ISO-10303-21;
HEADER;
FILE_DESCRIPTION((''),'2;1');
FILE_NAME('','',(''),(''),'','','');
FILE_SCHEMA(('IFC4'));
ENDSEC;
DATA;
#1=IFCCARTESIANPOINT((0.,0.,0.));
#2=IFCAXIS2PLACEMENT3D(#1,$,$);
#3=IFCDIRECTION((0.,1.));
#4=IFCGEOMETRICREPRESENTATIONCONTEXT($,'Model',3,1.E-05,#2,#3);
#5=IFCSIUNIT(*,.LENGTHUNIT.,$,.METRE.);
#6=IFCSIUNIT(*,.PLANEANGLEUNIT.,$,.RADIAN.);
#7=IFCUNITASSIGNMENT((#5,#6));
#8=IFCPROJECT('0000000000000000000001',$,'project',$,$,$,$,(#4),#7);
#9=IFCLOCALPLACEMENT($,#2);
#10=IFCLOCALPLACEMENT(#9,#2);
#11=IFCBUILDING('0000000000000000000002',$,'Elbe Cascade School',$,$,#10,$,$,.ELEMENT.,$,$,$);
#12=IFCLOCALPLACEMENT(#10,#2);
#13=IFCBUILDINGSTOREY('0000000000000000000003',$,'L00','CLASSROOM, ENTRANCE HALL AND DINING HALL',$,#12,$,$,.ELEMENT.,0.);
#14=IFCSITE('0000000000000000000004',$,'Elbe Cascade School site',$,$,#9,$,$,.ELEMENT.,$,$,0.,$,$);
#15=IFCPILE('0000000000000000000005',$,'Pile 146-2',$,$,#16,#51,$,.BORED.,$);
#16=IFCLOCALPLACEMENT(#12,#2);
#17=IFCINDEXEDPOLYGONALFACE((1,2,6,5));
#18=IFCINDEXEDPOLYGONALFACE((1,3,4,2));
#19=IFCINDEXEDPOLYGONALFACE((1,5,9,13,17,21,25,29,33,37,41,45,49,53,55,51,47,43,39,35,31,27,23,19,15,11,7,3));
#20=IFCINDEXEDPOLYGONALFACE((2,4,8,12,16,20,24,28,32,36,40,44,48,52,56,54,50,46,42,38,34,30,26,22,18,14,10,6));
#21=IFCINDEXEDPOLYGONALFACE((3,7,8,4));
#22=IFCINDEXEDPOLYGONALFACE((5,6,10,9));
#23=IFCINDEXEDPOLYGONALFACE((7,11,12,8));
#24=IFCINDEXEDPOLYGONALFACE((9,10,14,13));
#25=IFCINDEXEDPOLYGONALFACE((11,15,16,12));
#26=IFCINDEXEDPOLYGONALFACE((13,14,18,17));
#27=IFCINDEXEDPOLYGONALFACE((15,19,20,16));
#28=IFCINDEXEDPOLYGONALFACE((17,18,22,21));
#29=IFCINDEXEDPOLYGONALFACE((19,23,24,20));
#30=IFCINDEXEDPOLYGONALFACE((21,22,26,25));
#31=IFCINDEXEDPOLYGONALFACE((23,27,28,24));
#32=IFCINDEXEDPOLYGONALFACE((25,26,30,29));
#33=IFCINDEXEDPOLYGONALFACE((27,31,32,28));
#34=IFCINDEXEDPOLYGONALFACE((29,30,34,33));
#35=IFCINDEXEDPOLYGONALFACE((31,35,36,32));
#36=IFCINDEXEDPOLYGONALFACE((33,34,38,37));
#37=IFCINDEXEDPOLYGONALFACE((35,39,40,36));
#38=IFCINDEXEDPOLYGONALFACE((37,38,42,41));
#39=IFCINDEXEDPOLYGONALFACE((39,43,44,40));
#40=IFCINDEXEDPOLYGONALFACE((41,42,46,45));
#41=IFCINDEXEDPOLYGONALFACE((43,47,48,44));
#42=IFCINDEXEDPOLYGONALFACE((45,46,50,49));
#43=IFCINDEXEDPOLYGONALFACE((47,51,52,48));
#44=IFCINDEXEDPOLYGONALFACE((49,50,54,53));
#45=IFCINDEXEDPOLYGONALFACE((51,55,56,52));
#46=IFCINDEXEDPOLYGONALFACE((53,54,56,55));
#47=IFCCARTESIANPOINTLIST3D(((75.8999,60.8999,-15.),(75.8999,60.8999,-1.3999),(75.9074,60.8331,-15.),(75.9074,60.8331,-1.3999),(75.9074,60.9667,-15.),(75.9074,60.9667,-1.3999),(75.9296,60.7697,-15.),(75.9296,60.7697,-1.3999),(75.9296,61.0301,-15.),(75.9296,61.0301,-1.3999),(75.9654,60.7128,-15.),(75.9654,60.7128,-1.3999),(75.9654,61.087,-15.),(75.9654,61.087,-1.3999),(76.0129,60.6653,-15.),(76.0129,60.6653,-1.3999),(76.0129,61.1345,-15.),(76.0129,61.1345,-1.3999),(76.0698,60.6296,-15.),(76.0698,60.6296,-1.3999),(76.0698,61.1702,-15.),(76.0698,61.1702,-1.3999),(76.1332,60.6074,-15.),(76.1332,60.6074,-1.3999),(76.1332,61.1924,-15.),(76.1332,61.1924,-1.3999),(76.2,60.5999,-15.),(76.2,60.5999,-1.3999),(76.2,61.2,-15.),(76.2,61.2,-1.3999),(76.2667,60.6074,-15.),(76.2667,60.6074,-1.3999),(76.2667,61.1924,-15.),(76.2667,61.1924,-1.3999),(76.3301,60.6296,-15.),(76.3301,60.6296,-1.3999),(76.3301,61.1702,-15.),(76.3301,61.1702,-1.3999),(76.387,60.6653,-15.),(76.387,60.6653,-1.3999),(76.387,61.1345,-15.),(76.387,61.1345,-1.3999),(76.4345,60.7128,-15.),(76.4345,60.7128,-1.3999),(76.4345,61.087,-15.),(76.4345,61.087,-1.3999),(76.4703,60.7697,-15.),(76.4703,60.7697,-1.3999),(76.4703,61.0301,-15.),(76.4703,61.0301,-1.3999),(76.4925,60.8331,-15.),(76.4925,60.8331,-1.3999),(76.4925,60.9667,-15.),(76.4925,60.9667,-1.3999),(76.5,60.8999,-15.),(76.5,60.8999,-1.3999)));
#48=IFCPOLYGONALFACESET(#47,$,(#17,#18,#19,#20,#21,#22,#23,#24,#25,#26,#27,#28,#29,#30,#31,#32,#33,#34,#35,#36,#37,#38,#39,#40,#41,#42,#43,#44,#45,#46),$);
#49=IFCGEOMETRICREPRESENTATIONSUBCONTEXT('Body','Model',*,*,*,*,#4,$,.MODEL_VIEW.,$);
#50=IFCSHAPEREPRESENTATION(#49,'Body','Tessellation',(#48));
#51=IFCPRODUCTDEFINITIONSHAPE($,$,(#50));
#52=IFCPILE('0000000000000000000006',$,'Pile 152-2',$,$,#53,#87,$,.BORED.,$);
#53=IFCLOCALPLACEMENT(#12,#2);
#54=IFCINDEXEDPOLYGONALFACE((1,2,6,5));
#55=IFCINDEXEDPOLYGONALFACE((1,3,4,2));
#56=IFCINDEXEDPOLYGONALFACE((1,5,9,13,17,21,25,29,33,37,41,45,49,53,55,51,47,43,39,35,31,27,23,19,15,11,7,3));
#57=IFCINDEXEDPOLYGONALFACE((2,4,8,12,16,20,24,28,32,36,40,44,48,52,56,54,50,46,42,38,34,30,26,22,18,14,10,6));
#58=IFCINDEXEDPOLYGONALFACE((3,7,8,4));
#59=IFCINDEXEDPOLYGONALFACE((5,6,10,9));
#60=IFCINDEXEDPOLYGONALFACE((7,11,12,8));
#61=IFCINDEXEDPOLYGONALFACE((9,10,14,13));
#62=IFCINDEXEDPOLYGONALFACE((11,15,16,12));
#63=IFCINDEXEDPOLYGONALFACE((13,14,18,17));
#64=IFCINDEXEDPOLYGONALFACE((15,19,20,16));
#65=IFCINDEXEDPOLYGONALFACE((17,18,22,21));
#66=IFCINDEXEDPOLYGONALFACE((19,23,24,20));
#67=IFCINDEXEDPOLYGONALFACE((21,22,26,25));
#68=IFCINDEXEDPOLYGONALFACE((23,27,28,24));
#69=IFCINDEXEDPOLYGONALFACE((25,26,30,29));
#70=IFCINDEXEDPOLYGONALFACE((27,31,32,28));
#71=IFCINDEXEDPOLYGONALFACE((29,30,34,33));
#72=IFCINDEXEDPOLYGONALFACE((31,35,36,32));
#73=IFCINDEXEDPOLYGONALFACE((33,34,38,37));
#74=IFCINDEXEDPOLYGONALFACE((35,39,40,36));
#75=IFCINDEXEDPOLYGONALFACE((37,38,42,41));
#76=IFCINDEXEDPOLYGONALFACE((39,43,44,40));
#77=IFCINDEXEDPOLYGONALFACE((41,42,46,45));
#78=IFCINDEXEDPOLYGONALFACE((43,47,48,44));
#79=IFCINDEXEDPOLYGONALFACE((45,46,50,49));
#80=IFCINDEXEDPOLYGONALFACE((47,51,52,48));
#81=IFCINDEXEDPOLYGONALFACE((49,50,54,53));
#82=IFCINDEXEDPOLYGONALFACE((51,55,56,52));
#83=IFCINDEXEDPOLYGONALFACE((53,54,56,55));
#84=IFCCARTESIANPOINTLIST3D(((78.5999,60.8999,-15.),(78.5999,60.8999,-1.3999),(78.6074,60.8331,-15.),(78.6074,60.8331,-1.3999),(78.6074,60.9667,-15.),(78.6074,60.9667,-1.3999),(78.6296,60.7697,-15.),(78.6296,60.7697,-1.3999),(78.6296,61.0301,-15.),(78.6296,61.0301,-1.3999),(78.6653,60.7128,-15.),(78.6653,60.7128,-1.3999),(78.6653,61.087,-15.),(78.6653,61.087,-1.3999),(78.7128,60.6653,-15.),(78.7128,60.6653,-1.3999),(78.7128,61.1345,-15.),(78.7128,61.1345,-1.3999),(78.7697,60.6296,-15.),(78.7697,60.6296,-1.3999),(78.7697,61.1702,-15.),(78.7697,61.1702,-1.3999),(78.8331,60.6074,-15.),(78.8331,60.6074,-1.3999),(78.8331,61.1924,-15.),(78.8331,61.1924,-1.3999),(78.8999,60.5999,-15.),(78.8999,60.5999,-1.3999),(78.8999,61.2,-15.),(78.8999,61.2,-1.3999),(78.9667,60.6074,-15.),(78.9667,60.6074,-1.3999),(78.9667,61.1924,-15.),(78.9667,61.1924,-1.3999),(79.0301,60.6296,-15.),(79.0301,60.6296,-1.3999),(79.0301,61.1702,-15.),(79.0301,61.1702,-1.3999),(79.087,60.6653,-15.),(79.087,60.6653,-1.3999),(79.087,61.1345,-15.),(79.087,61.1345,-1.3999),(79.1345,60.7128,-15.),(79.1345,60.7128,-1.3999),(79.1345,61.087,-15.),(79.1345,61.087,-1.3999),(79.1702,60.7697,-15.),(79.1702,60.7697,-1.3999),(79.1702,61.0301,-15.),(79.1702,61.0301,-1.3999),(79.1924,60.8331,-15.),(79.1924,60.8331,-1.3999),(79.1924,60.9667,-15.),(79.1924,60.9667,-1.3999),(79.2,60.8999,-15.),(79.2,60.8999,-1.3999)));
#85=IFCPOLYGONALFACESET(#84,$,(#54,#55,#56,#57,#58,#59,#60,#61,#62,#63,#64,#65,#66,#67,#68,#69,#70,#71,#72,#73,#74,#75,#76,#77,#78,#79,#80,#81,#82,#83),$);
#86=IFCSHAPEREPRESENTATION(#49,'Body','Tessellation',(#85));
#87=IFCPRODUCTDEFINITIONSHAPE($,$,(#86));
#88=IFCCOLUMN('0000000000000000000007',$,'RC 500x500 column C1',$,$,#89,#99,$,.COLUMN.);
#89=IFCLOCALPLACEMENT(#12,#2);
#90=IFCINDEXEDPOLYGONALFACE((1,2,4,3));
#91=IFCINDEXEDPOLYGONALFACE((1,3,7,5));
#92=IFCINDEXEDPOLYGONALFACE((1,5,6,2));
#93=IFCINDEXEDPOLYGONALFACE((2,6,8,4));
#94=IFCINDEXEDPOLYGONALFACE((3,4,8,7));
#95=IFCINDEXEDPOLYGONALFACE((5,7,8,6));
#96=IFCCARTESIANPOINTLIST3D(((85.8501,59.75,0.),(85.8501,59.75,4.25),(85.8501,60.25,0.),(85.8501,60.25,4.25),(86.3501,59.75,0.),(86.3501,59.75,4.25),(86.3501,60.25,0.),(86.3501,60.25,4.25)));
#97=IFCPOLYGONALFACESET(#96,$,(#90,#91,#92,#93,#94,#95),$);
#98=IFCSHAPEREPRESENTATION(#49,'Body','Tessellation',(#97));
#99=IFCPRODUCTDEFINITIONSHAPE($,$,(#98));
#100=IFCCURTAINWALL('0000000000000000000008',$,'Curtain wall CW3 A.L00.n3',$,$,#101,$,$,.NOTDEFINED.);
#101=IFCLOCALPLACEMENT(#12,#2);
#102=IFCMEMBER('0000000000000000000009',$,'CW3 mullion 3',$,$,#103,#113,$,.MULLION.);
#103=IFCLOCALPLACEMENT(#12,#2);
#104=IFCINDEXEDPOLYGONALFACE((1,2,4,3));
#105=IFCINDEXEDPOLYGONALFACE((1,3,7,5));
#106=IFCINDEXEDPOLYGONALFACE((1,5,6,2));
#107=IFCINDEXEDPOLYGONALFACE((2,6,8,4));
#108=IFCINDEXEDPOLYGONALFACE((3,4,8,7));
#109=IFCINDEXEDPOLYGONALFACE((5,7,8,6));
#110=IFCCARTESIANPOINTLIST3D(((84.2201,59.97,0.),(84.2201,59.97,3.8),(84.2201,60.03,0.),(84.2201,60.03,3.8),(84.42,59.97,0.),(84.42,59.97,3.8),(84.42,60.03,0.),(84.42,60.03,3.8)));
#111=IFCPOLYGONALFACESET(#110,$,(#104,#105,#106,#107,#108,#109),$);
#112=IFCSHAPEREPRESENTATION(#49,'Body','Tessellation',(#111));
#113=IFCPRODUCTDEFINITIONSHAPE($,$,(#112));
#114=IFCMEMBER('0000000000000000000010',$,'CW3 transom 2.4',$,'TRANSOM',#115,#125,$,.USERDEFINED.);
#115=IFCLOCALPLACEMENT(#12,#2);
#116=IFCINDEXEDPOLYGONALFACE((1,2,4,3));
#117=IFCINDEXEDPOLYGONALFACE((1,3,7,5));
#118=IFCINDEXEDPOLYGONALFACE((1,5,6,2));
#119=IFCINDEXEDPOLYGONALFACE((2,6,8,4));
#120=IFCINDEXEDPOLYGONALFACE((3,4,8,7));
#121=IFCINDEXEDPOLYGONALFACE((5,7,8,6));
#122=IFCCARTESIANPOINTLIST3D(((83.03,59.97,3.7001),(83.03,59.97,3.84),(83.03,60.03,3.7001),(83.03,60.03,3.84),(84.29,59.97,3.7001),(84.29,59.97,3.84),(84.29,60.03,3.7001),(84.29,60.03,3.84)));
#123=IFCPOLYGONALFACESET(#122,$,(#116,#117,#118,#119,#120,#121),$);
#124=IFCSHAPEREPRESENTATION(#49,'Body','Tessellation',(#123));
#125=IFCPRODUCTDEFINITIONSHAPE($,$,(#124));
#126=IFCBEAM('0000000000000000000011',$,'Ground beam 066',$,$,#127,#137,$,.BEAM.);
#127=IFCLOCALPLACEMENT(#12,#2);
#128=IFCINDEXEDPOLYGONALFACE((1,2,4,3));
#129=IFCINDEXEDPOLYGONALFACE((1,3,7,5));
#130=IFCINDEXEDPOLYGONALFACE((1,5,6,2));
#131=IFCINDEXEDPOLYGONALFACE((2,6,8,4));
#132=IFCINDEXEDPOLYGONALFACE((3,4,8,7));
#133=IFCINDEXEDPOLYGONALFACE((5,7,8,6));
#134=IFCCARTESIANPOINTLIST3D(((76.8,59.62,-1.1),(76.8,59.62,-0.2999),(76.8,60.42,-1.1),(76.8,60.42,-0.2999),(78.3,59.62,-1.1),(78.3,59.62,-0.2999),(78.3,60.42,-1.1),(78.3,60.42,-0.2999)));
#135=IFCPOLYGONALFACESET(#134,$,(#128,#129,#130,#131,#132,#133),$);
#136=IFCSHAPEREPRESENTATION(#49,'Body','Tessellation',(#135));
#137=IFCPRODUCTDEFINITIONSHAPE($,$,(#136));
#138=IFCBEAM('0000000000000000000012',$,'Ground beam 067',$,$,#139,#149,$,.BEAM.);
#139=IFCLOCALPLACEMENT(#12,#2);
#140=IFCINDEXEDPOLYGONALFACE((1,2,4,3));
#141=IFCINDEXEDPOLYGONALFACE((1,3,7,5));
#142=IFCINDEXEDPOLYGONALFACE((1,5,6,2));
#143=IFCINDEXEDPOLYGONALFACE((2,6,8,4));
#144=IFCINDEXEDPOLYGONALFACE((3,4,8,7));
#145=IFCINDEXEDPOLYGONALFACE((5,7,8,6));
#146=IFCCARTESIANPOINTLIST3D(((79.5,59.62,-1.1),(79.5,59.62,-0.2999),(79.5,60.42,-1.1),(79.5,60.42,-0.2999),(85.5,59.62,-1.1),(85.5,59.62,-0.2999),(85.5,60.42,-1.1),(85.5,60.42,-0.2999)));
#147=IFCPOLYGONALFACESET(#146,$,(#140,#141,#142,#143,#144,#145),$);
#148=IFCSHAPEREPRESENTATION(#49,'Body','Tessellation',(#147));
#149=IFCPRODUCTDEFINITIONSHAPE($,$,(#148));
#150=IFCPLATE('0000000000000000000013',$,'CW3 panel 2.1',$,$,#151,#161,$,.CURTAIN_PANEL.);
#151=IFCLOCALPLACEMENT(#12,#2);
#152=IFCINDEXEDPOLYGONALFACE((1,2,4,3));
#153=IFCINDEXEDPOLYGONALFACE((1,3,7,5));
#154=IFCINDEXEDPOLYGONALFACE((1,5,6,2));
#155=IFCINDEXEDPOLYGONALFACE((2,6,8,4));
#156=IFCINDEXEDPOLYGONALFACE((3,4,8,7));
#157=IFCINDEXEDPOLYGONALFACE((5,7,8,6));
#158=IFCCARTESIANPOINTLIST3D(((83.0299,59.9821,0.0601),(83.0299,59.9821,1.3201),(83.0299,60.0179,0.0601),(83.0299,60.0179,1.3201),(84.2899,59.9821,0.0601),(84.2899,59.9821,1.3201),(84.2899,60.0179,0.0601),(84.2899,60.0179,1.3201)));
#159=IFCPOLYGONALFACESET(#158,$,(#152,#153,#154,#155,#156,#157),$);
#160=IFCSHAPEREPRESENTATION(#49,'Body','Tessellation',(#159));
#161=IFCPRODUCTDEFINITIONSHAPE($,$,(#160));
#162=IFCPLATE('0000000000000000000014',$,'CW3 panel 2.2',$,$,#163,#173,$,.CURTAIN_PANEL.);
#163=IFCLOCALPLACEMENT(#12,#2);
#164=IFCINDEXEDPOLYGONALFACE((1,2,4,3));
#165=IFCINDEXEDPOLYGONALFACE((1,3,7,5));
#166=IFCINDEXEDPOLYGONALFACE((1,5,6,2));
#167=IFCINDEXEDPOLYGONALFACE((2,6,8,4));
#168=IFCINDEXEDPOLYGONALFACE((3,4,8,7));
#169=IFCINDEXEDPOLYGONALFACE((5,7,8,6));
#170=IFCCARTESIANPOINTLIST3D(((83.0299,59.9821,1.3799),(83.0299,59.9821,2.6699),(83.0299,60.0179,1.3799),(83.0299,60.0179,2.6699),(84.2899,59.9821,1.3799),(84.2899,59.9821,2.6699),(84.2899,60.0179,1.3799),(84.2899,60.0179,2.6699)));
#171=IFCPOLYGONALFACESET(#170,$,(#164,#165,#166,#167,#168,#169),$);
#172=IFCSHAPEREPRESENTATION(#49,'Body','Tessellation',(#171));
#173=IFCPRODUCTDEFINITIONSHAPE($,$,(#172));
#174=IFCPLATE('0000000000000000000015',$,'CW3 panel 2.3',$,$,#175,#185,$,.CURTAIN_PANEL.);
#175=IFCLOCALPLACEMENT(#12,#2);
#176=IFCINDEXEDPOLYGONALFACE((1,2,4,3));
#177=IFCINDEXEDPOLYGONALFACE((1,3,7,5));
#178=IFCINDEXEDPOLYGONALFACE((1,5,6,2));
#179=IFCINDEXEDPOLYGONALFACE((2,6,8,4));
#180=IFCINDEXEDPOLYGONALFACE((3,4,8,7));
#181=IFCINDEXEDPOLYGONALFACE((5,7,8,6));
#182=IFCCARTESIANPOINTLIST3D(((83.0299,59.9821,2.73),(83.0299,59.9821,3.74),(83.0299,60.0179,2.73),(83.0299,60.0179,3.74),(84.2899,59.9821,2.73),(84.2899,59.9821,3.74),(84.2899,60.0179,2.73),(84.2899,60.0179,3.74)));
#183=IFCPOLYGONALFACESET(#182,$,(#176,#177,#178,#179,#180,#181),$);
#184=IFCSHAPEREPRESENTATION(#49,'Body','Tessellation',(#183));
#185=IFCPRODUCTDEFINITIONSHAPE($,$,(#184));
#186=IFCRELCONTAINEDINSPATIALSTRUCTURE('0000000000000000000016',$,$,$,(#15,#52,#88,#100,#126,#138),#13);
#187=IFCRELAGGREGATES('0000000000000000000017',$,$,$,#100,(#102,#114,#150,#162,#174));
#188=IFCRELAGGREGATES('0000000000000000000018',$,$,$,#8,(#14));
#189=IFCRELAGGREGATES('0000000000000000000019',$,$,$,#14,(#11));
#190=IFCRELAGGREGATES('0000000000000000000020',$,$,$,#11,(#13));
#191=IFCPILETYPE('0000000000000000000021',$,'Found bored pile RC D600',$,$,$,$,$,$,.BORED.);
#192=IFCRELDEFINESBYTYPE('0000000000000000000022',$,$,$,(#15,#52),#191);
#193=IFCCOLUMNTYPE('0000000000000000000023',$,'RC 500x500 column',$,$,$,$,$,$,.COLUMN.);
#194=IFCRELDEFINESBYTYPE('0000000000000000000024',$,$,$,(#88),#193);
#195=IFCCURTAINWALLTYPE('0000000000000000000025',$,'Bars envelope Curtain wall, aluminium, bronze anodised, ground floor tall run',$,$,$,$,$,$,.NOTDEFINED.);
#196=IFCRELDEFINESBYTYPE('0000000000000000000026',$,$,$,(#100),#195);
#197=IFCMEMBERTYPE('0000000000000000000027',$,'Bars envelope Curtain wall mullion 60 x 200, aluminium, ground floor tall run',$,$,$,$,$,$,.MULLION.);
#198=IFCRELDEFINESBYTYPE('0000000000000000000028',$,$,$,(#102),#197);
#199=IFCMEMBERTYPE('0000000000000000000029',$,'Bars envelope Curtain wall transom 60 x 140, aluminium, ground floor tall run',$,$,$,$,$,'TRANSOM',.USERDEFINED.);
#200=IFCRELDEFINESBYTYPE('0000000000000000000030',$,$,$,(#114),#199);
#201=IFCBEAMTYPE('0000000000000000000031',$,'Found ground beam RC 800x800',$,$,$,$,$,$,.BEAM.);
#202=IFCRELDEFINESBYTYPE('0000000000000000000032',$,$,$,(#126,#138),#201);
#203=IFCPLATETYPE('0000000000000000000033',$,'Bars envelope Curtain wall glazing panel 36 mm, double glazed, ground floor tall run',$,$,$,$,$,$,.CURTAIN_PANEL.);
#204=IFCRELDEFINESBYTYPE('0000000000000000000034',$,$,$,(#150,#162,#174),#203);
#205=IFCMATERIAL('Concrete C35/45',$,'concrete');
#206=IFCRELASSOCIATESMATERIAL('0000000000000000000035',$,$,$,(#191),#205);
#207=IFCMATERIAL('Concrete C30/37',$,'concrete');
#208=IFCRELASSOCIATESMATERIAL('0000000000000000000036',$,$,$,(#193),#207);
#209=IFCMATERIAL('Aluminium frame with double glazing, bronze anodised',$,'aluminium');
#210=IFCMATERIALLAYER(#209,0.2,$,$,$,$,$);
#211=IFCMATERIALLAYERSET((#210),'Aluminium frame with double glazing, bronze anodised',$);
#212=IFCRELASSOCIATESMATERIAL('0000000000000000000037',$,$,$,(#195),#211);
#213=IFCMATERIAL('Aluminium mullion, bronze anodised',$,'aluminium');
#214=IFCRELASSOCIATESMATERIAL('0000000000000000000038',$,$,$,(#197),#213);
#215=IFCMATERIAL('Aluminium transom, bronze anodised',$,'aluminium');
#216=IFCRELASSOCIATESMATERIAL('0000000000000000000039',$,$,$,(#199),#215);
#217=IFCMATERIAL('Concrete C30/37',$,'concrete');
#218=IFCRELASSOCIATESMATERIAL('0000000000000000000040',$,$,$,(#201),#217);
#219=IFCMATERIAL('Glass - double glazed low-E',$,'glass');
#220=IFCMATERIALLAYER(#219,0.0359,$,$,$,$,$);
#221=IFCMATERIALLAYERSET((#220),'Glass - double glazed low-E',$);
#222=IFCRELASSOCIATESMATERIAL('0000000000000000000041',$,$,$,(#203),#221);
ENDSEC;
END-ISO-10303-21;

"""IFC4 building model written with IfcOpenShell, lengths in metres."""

from ifc_helpers import new_model, si_unit, direction, frame, origin, origin_2d, place, context, subcontext, project, spatial, rectangle, circle, extrude, material, layer, layer_set, material_profile, profile_set, type_object, element, aggregate, save


model = new_model("IFC4")

# Units and contexts
model_context = context("Model", 3, precision=1e-05, world=origin(), true_north=direction((0.0, 1.0)))
body_context = subcontext(model_context, "Body", "Model", "MODEL_VIEW")
ifc_project = project(units=[si_unit("LENGTHUNIT", "METRE"), si_unit("PLANEANGLEUNIT", "RADIAN")], contexts=[model_context])

# Site, building, storey
site_placement = place(None, origin())
site = spatial("IfcSite", under=ifc_project, at=site_placement, Name="Elbe Cascade School site", CompositionType="ELEMENT", RefElevation=0.0)
building_placement = place(site_placement, origin())
building = spatial("IfcBuilding", under=site, at=building_placement, Name="Elbe Cascade School", CompositionType="ELEMENT")
storey_placement = place(building_placement, origin())
storey = spatial("IfcBuildingStorey", under=building, at=storey_placement, Name="L00", Description="CLASSROOM, ENTRANCE HALL AND DINING HALL", CompositionType="ELEMENT", Elevation=0.0)

# Piles
ifc_material_1 = material(Name="Concrete C35/45", Category="concrete")
ifc_material_profile_1 = material_profile(ifc_material_1, circle(Radius=0.3, at=origin_2d()), Name="RC D600")
ifc_profile_set_1 = profile_set([ifc_material_profile_1], Name="Concrete C35/45")
pile_type = type_object("IfcPileType", Name="Found bored pile RC D600", PredefinedType="BORED", material=ifc_profile_set_1)
for number, where, z_axis, x_axis, name in (
    (1, (76.2, 60.8999, -1.3999), (0.0, 0.0, -1.0), (1.0, 0.0, 0.0), "Pile 146-2"),
    (2, (78.8999, 60.8999, -1.3999), (0.0, 0.0, -1.0), (1.0, 0.0, 0.0), "Pile 152-2"),
):
    element("IfcPile", number, at=place(storey_placement, frame(where, z_axis=z_axis, x_axis=x_axis)), inside=storey, type_object=pile_type, Name=name, PredefinedType="BORED", context=body_context, shape_type="SweptSolid", body=[
        extrude(circle(Radius=0.3, at=origin_2d()), origin(), (0.0, 0.0, 1.0), 13.6001),
    ])

# Column
ifc_material_2 = material(Name="Concrete C30/37", Category="concrete")
ifc_material_profile_2 = material_profile(ifc_material_2, rectangle(XDim=0.5, YDim=0.5, at=origin_2d()), Name="RC 500x500")
ifc_profile_set_2 = profile_set([ifc_material_profile_2], Name="Concrete C30/37")
column_type = type_object("IfcColumnType", Name="RC 500x500 column", PredefinedType="COLUMN", material=ifc_profile_set_2)
column_placement = place(storey_placement, frame((86.1001, 60.0, 0.0), z_axis=(0.0, 0.0, 1.0), x_axis=(1.0, 0.0, 0.0)))
element("IfcColumn", 3, at=column_placement, inside=storey, type_object=column_type, Name="RC 500x500 column C1", PredefinedType="COLUMN", context=body_context, shape_type="SweptSolid", body=[
    extrude(rectangle(XDim=0.5, YDim=0.5, at=origin_2d()), origin(), (0.0, 0.0, 1.0), 4.25),
])

# Curtain wall, members
ifc_material_3 = material(Name="Aluminium frame with double glazing, bronze anodised", Category="aluminium")
ifc_layer_1 = layer(ifc_material_3, 0.2)
ifc_layer_set_1 = layer_set([ifc_layer_1], Name="Aluminium frame with double glazing, bronze anodised")
curtain_wall_type = type_object("IfcCurtainWallType", Name="Bars envelope Curtain wall, aluminium, bronze anodised, ground floor tall run", PredefinedType="NOTDEFINED", material=ifc_layer_set_1)
curtain_wall_placement = place(storey_placement, origin())
curtain_wall = element("IfcCurtainWall", 4, at=curtain_wall_placement, inside=storey, type_object=curtain_wall_type, Name="Curtain wall CW3 A.L00.n3", PredefinedType="NOTDEFINED")
ifc_material_4 = material(Name="Aluminium mullion, bronze anodised", Category="aluminium")
ifc_material_profile_3 = material_profile(ifc_material_4, rectangle(XDim=0.0601, YDim=0.2, at=origin_2d()), Name="Bars envelope Curtain wall mullion 60 x 200, aluminium, ground floor tall run")
ifc_profile_set_3 = profile_set([ifc_material_profile_3], Name="Aluminium mullion, bronze anodised")
member_type_1 = type_object("IfcMemberType", Name="Bars envelope Curtain wall mullion 60 x 200, aluminium, ground floor tall run", PredefinedType="MULLION", material=ifc_profile_set_3)
member_1_placement = place(storey_placement, frame((84.3201, 60.0, 0.0), z_axis=(0.0, 0.0, 1.0), x_axis=(0.0, 1.0, 0.0)))
member_1 = element("IfcMember", 5, at=member_1_placement, type_object=member_type_1, Name="CW3 mullion 3", PredefinedType="MULLION", context=body_context, shape_type="SweptSolid", body=[
    extrude(rectangle(XDim=0.0601, YDim=0.2, at=origin_2d()), origin(), (0.0, 0.0, 1.0), 3.8),
])
ifc_material_5 = material(Name="Aluminium transom, bronze anodised", Category="aluminium")
ifc_material_profile_4 = material_profile(ifc_material_5, rectangle(XDim=0.0601, YDim=0.1399, at=origin_2d()), Name="Bars envelope Curtain wall transom 60 x 140, aluminium, ground floor tall run")
ifc_profile_set_4 = profile_set([ifc_material_profile_4], Name="Aluminium transom, bronze anodised")
member_type_2 = type_object("IfcMemberType", Name="Bars envelope Curtain wall transom 60 x 140, aluminium, ground floor tall run", ElementType="TRANSOM", PredefinedType="USERDEFINED", material=ifc_profile_set_4)
member_2_placement = place(storey_placement, frame((83.03, 60.0, 3.77), z_axis=(1.0, 0.0, 0.0), x_axis=(0.0, 1.0, 0.0)))
member_2 = element("IfcMember", 6, at=member_2_placement, type_object=member_type_2, Name="CW3 transom 2.4", ObjectType="TRANSOM", PredefinedType="USERDEFINED", context=body_context, shape_type="SweptSolid", body=[
    extrude(rectangle(XDim=0.0601, YDim=0.1399, at=origin_2d()), origin(), (0.0, 0.0, 1.0), 1.26),
])

# Beams
ifc_material_6 = material(Name="Concrete C30/37", Category="concrete")
ifc_material_profile_5 = material_profile(ifc_material_6, rectangle(XDim=0.8, YDim=0.8, at=origin_2d()), Name="RC 800x800")
ifc_profile_set_5 = profile_set([ifc_material_profile_5], Name="Concrete C30/37")
beam_type = type_object("IfcBeamType", Name="Found ground beam RC 800x800", PredefinedType="BEAM", material=ifc_profile_set_5)
beam_1_placement = place(storey_placement, frame((76.8, 60.02, -0.7), z_axis=(1.0, 0.0, 0.0), x_axis=(0.0, 1.0, 0.0)))
element("IfcBeam", 7, at=beam_1_placement, inside=storey, type_object=beam_type, Name="Ground beam 066", PredefinedType="BEAM", context=body_context, shape_type="SweptSolid", body=[
    extrude(rectangle(XDim=0.8, YDim=0.8, at=origin_2d()), origin(), (0.0, 0.0, 1.0), 1.5),
])
beam_2_placement = place(storey_placement, frame((79.5, 60.02, -0.7), z_axis=(1.0, 0.0, 0.0), x_axis=(0.0, 1.0, 0.0)))
element("IfcBeam", 8, at=beam_2_placement, inside=storey, type_object=beam_type, Name="Ground beam 067", PredefinedType="BEAM", context=body_context, shape_type="SweptSolid", body=[
    extrude(rectangle(XDim=0.8, YDim=0.8, at=origin_2d()), origin(), (0.0, 0.0, 1.0), 6.0),
])

# Plates
ifc_material_7 = material(Name="Glass - double glazed low-E", Category="glass")
ifc_layer_2 = layer(ifc_material_7, 0.0359)
ifc_layer_set_2 = layer_set([ifc_layer_2], Name="Glass - double glazed low-E")
plate_type = type_object("IfcPlateType", Name="Bars envelope Curtain wall glazing panel 36 mm, double glazed, ground floor tall run", PredefinedType="CURTAIN_PANEL", material=ifc_layer_set_2)
plate_1_placement = place(storey_placement, frame((83.6599, 60.0, 0.0601), z_axis=(0.0, 0.0, 1.0), x_axis=(1.0, 0.0, 0.0)))
plate_1 = element("IfcPlate", 9, at=plate_1_placement, type_object=plate_type, Name="CW3 panel 2.1", PredefinedType="CURTAIN_PANEL", context=body_context, shape_type="SweptSolid", body=[
    extrude(rectangle(XDim=1.26, YDim=0.0359, at=origin_2d()), origin(), (0.0, 0.0, 1.0), 1.26),
])
plate_2_placement = place(storey_placement, frame((83.6599, 60.0, 1.3799), z_axis=(0.0, 0.0, 1.0), x_axis=(1.0, 0.0, 0.0)))
plate_2 = element("IfcPlate", 10, at=plate_2_placement, type_object=plate_type, Name="CW3 panel 2.2", PredefinedType="CURTAIN_PANEL", context=body_context, shape_type="SweptSolid", body=[
    extrude(rectangle(XDim=1.26, YDim=0.0359, at=origin_2d()), origin(), (0.0, 0.0, 1.0), 1.29),
])
plate_3_placement = place(storey_placement, frame((83.6599, 60.0, 2.73), z_axis=(0.0, 0.0, 1.0), x_axis=(1.0, 0.0, 0.0)))
plate_3 = element("IfcPlate", 11, at=plate_3_placement, type_object=plate_type, Name="CW3 panel 2.3", PredefinedType="CURTAIN_PANEL", context=body_context, shape_type="SweptSolid", body=[
    extrude(rectangle(XDim=1.26, YDim=0.0359, at=origin_2d()), origin(), (0.0, 0.0, 1.0), 1.01),
])
aggregate(curtain_wall, [member_1, member_2, plate_1, plate_2, plate_3])

save(model, "model.ifc")
